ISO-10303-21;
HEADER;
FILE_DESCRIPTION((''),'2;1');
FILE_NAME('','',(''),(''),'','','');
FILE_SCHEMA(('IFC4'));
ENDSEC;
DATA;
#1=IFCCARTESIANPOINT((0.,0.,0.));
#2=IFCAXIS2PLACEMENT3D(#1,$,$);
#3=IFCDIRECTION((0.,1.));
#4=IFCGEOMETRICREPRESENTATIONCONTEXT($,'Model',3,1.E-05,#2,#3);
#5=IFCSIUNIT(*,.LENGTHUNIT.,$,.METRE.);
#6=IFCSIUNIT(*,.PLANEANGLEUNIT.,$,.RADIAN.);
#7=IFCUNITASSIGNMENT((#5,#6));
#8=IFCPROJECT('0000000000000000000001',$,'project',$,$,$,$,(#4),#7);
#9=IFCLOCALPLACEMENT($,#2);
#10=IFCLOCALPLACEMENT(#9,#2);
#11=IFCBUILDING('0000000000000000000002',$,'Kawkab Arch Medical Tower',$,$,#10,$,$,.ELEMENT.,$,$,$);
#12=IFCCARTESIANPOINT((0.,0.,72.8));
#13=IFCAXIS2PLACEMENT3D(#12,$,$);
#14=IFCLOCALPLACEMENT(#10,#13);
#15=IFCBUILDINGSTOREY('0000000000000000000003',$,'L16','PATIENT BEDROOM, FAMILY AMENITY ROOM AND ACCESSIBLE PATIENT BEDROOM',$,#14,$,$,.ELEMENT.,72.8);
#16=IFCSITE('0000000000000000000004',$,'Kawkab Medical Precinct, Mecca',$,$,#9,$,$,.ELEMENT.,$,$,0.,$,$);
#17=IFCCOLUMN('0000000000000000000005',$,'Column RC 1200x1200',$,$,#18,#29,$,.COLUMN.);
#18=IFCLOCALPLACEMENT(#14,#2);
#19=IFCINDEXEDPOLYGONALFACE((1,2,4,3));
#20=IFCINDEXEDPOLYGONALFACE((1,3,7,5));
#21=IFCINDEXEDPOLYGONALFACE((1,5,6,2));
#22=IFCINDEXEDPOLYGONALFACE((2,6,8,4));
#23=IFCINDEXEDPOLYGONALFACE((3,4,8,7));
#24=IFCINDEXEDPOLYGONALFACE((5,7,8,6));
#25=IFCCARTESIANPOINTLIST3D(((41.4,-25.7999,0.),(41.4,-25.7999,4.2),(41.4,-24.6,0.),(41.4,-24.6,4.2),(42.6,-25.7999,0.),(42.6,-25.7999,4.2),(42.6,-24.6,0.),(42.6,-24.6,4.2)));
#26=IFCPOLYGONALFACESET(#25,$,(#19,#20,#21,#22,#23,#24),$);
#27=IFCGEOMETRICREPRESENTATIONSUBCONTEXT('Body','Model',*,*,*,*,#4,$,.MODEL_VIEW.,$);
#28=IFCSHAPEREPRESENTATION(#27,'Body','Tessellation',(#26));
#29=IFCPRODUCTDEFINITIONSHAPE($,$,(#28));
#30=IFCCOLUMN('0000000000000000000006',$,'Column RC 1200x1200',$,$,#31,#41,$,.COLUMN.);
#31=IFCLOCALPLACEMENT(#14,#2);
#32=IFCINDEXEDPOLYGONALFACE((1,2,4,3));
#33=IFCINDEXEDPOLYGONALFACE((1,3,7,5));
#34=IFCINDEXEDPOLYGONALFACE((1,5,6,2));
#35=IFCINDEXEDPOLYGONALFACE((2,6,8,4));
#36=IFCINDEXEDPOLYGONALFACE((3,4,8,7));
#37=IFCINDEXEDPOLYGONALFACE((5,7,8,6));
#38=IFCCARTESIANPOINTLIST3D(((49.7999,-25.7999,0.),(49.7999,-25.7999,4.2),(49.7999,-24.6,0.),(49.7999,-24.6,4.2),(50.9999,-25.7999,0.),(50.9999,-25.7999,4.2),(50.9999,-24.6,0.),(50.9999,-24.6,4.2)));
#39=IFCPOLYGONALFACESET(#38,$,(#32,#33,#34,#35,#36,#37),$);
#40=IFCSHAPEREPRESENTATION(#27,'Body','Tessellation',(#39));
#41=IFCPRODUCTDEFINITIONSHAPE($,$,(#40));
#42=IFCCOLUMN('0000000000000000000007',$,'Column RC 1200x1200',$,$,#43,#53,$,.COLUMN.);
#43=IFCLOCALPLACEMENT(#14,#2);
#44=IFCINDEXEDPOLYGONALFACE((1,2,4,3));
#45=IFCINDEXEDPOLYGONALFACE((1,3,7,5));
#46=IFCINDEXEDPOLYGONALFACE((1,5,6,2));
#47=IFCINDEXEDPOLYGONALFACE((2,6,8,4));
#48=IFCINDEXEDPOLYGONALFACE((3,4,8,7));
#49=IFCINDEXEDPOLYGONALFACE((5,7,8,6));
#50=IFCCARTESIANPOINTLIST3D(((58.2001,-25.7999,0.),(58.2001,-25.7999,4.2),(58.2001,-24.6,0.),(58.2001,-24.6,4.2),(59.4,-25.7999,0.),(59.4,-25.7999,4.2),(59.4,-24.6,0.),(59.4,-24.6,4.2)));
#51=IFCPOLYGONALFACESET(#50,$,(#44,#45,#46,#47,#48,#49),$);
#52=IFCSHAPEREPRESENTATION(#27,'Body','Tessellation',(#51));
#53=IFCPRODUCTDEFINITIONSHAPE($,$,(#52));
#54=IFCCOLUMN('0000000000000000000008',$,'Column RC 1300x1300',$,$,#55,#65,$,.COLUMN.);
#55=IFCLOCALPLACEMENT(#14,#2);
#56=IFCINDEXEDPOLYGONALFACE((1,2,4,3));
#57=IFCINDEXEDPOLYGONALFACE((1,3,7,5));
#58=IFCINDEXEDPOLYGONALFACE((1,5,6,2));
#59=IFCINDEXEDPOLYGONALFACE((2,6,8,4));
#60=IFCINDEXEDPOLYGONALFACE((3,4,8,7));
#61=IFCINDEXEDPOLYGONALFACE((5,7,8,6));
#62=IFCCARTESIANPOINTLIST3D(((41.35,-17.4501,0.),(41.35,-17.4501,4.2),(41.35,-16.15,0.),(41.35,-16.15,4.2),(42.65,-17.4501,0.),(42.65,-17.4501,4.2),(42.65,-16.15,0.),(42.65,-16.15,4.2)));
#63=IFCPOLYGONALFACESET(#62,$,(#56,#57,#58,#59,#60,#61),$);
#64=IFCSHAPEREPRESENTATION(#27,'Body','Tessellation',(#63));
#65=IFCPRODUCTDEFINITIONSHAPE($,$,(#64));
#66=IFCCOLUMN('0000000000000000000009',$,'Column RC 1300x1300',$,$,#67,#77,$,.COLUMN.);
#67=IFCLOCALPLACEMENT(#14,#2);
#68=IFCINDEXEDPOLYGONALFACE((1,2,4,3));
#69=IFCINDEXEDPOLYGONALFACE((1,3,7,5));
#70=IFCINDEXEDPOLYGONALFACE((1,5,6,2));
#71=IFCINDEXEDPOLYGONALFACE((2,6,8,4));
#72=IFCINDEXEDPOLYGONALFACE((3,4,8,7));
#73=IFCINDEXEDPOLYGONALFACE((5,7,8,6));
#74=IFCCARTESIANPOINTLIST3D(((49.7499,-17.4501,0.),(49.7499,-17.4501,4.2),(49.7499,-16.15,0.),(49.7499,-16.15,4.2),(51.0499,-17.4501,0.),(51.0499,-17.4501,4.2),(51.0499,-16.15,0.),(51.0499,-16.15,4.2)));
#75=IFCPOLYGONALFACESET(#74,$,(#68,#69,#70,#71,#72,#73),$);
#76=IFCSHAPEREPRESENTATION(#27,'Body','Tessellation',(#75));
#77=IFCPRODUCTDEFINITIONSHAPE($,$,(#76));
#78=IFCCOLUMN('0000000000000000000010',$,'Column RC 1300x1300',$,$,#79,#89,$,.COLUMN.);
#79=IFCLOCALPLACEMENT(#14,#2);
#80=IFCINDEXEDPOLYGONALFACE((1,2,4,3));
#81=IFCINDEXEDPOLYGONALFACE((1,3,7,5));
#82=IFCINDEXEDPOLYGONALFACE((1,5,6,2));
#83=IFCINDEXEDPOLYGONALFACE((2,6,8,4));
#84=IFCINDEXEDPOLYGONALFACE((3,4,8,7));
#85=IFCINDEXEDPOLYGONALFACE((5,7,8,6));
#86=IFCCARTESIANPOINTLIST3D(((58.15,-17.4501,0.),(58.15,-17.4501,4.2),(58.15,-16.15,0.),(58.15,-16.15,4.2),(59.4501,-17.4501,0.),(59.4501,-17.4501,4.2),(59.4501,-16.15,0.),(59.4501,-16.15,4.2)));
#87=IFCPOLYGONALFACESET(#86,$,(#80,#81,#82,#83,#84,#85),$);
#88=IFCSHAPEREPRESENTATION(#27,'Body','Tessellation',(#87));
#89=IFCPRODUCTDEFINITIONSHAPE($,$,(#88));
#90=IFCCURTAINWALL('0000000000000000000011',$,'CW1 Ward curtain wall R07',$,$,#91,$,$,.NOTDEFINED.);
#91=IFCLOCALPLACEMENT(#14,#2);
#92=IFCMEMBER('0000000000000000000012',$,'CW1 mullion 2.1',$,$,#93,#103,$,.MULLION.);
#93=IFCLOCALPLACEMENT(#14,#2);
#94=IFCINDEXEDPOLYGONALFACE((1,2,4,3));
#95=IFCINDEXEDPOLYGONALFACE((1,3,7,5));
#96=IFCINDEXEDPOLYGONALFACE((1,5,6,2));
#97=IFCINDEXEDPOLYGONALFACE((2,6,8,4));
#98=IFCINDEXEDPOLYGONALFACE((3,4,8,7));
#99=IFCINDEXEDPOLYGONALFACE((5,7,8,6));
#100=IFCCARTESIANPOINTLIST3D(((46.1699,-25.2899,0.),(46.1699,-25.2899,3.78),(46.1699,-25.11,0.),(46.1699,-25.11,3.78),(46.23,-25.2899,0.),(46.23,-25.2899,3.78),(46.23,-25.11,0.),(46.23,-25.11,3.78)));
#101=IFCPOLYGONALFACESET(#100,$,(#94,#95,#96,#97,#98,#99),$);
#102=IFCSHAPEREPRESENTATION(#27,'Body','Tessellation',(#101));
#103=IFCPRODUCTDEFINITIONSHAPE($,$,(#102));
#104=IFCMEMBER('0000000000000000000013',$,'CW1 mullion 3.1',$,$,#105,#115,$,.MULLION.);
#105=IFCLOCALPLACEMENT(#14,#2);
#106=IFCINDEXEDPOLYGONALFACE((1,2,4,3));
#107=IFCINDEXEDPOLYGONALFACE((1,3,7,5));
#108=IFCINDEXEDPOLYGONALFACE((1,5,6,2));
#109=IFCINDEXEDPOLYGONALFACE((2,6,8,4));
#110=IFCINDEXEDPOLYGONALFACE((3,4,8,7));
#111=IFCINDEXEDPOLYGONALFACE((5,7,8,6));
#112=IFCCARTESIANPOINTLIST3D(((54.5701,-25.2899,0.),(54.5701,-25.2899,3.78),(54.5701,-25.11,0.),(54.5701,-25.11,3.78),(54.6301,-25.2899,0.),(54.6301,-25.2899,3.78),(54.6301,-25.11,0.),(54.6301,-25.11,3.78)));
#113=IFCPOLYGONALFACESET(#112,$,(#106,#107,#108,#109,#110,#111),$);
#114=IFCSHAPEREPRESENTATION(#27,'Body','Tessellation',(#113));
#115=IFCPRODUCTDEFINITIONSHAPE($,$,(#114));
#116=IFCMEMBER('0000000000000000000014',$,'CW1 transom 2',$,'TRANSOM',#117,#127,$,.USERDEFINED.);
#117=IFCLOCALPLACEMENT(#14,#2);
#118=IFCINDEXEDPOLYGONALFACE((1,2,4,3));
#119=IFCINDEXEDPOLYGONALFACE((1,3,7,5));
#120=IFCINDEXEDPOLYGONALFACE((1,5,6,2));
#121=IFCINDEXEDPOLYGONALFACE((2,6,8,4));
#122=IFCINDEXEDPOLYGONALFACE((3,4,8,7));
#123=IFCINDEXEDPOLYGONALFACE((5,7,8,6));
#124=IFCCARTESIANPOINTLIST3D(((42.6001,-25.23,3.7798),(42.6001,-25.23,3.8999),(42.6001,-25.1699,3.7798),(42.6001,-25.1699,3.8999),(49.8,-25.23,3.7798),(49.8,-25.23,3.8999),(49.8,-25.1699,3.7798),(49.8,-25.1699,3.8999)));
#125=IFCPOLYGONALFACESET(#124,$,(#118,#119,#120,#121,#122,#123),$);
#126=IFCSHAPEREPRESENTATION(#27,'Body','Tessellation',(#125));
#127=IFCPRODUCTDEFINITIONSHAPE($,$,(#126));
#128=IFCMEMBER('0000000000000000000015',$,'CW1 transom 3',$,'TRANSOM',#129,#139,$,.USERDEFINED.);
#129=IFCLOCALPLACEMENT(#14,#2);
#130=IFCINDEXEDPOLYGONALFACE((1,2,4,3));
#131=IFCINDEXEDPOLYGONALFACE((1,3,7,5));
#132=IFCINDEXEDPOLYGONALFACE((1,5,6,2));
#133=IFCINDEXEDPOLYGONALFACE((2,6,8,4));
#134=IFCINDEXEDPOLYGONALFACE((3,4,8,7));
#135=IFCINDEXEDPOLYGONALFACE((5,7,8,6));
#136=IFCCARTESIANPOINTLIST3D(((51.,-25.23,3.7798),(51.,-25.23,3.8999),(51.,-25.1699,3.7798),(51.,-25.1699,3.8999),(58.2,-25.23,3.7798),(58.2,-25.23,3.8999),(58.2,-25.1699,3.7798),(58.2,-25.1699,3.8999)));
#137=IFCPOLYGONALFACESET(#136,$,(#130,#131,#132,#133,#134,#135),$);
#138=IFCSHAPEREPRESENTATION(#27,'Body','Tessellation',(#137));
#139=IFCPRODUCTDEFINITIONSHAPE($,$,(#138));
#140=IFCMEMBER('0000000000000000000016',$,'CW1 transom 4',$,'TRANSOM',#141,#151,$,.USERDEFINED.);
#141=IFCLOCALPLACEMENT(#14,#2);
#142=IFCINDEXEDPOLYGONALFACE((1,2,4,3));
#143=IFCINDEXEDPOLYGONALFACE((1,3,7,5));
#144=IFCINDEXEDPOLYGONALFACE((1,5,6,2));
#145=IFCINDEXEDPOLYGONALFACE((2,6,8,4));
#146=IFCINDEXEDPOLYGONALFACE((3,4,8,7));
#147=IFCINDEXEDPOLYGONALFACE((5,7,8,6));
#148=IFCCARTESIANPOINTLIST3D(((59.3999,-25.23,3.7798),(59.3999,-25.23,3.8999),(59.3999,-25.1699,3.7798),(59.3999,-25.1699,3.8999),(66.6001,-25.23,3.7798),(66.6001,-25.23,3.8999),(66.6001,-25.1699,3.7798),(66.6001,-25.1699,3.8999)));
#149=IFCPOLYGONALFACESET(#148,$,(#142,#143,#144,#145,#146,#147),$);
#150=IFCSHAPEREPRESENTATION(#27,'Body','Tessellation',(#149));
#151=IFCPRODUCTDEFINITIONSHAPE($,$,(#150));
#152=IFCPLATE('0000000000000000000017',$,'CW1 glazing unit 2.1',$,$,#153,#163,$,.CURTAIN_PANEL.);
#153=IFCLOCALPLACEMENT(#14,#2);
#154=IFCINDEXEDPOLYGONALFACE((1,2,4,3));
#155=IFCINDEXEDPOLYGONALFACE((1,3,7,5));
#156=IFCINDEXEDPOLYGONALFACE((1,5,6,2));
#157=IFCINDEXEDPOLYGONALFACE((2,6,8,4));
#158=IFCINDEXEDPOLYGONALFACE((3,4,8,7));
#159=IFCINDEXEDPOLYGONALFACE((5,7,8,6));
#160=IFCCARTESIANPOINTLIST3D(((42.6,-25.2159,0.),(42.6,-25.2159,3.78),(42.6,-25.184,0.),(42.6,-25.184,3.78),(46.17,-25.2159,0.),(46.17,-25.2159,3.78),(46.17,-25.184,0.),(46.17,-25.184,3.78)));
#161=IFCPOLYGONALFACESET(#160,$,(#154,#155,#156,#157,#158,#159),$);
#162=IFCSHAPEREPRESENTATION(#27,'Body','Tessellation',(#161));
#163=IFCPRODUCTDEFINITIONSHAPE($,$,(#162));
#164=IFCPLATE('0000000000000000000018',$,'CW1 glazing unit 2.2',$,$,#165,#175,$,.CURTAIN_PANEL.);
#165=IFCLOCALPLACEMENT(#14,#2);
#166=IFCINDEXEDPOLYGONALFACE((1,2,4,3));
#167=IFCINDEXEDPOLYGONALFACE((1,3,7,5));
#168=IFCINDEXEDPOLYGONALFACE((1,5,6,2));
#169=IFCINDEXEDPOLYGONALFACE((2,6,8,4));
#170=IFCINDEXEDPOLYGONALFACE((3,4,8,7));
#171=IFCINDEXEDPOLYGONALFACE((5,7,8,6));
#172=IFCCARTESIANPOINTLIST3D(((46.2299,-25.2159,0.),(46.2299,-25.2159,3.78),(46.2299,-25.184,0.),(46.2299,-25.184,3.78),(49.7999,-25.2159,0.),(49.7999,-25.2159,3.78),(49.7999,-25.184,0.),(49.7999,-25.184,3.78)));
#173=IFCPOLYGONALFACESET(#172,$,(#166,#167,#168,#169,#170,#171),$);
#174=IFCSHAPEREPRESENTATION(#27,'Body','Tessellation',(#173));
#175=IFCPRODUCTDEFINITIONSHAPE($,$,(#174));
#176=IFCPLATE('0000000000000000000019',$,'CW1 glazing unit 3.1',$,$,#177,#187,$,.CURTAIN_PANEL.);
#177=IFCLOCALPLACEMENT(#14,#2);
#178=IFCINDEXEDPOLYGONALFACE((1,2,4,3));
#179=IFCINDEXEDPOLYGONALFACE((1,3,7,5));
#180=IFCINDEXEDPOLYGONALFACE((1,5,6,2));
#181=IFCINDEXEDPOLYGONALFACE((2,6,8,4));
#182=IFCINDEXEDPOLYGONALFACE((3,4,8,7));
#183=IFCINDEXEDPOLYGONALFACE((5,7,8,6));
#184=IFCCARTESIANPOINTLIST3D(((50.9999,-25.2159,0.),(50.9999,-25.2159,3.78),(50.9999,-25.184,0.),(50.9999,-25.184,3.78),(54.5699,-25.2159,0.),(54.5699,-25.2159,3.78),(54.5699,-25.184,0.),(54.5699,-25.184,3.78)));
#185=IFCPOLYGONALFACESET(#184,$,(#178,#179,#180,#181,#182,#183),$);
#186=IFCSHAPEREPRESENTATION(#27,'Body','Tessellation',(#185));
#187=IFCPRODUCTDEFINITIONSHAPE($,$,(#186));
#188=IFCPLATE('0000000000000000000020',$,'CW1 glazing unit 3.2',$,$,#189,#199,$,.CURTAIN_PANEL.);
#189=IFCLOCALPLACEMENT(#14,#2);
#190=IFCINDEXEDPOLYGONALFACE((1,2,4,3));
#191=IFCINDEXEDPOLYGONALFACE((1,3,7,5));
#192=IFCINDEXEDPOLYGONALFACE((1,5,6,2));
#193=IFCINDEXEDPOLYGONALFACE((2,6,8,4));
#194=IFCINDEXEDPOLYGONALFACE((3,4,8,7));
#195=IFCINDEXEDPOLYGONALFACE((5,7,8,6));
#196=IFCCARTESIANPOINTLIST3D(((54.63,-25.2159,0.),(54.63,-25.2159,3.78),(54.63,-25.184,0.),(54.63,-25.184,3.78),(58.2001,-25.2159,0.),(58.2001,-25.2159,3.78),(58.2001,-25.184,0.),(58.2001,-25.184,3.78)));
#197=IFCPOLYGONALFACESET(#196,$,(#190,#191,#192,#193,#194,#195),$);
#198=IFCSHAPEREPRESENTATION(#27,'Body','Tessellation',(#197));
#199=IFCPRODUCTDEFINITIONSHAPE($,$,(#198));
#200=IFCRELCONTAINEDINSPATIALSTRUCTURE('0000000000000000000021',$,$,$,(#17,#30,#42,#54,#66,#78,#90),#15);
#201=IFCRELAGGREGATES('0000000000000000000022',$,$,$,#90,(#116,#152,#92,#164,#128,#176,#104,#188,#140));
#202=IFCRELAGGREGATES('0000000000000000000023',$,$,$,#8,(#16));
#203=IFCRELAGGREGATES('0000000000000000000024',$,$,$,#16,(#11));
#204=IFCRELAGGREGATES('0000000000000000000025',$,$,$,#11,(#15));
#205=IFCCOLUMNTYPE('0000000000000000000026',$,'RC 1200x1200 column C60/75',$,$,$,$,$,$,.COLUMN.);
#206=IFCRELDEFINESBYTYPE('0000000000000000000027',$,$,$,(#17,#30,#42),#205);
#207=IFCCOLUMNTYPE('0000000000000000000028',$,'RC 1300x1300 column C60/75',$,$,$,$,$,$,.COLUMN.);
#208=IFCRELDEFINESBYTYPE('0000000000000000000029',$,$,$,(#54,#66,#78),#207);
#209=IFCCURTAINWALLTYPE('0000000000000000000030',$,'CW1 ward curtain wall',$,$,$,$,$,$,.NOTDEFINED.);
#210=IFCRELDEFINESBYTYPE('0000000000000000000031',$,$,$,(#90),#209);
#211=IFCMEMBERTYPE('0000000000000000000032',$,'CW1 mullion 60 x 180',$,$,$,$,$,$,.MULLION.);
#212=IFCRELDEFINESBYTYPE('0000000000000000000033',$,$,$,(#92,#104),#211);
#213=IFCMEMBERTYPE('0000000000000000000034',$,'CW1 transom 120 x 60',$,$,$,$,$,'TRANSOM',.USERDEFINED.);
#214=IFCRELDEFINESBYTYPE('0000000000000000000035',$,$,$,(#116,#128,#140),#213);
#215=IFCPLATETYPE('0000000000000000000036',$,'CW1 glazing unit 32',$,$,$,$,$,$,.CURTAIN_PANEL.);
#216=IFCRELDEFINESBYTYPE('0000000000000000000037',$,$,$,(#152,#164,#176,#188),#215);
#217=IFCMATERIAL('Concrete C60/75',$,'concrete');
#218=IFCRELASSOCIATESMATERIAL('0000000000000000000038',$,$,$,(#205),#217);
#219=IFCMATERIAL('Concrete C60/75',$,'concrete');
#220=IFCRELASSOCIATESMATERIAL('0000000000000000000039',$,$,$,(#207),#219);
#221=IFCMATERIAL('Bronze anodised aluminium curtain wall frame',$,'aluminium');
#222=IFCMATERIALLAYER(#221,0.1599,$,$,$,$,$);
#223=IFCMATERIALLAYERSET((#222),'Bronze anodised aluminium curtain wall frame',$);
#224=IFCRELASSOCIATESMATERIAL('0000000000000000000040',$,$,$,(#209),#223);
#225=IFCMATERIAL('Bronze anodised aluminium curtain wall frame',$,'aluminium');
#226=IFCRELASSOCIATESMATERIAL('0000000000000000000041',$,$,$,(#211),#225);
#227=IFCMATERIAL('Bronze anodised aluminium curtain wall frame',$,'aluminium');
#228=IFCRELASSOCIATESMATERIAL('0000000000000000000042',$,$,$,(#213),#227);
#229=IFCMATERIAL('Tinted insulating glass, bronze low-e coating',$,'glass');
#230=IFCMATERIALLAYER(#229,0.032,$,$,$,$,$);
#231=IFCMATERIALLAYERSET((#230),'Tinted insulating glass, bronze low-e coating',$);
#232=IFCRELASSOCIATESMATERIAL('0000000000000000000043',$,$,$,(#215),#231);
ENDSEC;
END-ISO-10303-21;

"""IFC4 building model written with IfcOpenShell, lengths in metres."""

from ifc_helpers import new_model, si_unit, direction, frame, origin, origin_2d, place, context, subcontext, project, spatial, rectangle, extrude, material, layer, layer_set, material_profile, profile_set, type_object, element, aggregate, save


model = new_model("IFC4")

# Units and contexts
model_context = context("Model", 3, precision=1e-05, world=origin(), true_north=direction((0.0, 1.0)))
body_context = subcontext(model_context, "Body", "Model", "MODEL_VIEW")
ifc_project = project(units=[si_unit("LENGTHUNIT", "METRE"), si_unit("PLANEANGLEUNIT", "RADIAN")], contexts=[model_context])

# Site, building, storey
site_placement = place(None, origin())
site = spatial("IfcSite", under=ifc_project, at=site_placement, Name="Kawkab Medical Precinct, Mecca", CompositionType="ELEMENT", RefElevation=0.0)
building_placement = place(site_placement, origin())
building = spatial("IfcBuilding", under=site, at=building_placement, Name="Kawkab Arch Medical Tower", CompositionType="ELEMENT")
storey_placement = place(building_placement, frame((0.0, 0.0, 72.8)))
storey = spatial("IfcBuildingStorey", under=building, at=storey_placement, Name="L16", Description="PATIENT BEDROOM, FAMILY AMENITY ROOM AND ACCESSIBLE PATIENT BEDROOM", CompositionType="ELEMENT", Elevation=72.8)

# Columns
ifc_material_1 = material(Name="Concrete C60/75", Category="concrete")
ifc_material_profile_1 = material_profile(ifc_material_1, rectangle(XDim=1.2, YDim=1.2, at=origin_2d()), Name="RC 1200x1200")
ifc_profile_set_1 = profile_set([ifc_material_profile_1], Name="Concrete C60/75")
column_type_1 = type_object("IfcColumnType", Name="RC 1200x1200 column C60/75", PredefinedType="COLUMN", material=ifc_profile_set_1)
for number, where, z_axis, x_axis, name in (
    (1, (42.0, -25.2, 0.0), (0.0, 0.0, 1.0), (1.0, 0.0, 0.0), "Column RC 1200x1200"),
    (2, (50.3999, -25.2, 0.0), (0.0, 0.0, 1.0), (1.0, 0.0, 0.0), "Column RC 1200x1200"),
    (3, (58.8, -25.2, 0.0), (0.0, 0.0, 1.0), (1.0, 0.0, 0.0), "Column RC 1200x1200"),
):
    element("IfcColumn", number, at=place(storey_placement, frame(where, z_axis=z_axis, x_axis=x_axis)), inside=storey, type_object=column_type_1, Name=name, PredefinedType="COLUMN", context=body_context, shape_type="SweptSolid", body=[
        extrude(rectangle(XDim=1.2, YDim=1.2, at=origin_2d()), origin(), (0.0, 0.0, 1.0), 4.2),
    ])
ifc_material_2 = material(Name="Concrete C60/75", Category="concrete")
ifc_material_profile_2 = material_profile(ifc_material_2, rectangle(XDim=1.3, YDim=1.3, at=origin_2d()), Name="RC 1300x1300")
ifc_profile_set_2 = profile_set([ifc_material_profile_2], Name="Concrete C60/75")
column_type_2 = type_object("IfcColumnType", Name="RC 1300x1300 column C60/75", PredefinedType="COLUMN", material=ifc_profile_set_2)
for number, where, z_axis, x_axis, name in (
    (4, (42.0, -16.8, 0.0), (0.0, 0.0, 1.0), (1.0, 0.0, 0.0), "Column RC 1300x1300"),
    (5, (50.3999, -16.8, 0.0), (0.0, 0.0, 1.0), (1.0, 0.0, 0.0), "Column RC 1300x1300"),
    (6, (58.8, -16.8, 0.0), (0.0, 0.0, 1.0), (1.0, 0.0, 0.0), "Column RC 1300x1300"),
):
    element("IfcColumn", number, at=place(storey_placement, frame(where, z_axis=z_axis, x_axis=x_axis)), inside=storey, type_object=column_type_2, Name=name, PredefinedType="COLUMN", context=body_context, shape_type="SweptSolid", body=[
        extrude(rectangle(XDim=1.3, YDim=1.3, at=origin_2d()), origin(), (0.0, 0.0, 1.0), 4.2),
    ])

# Curtain wall, members, plates
ifc_material_3 = material(Name="Bronze anodised aluminium curtain wall frame", Category="aluminium")
ifc_layer_1 = layer(ifc_material_3, 0.1599)
ifc_layer_set_1 = layer_set([ifc_layer_1], Name="Bronze anodised aluminium curtain wall frame")
curtain_wall_type = type_object("IfcCurtainWallType", Name="CW1 ward curtain wall", PredefinedType="NOTDEFINED", material=ifc_layer_set_1)
curtain_wall_placement = place(storey_placement, origin())
curtain_wall = element("IfcCurtainWall", 7, at=curtain_wall_placement, inside=storey, type_object=curtain_wall_type, Name="CW1 Ward curtain wall R07", PredefinedType="NOTDEFINED")
ifc_material_4 = material(Name="Bronze anodised aluminium curtain wall frame", Category="aluminium")
ifc_material_profile_3 = material_profile(ifc_material_4, rectangle(XDim=0.1799, YDim=0.0601, at=origin_2d()), Name="AL 60x180")
ifc_profile_set_3 = profile_set([ifc_material_profile_3], Name="Bronze anodised aluminium curtain wall frame")
member_type_1 = type_object("IfcMemberType", Name="CW1 mullion 60 x 180", PredefinedType="MULLION", material=ifc_profile_set_3)
member_1_placement = place(storey_placement, frame((46.2, -25.2, 0.0), z_axis=(0.0, 0.0, 1.0), x_axis=(0.0, 1.0, 0.0)))
member_1 = element("IfcMember", 8, at=member_1_placement, type_object=member_type_1, Name="CW1 mullion 2.1", PredefinedType="MULLION", context=body_context, shape_type="SweptSolid", body=[
    extrude(rectangle(XDim=0.1799, YDim=0.0601, at=origin_2d()), origin(), (0.0, 0.0, 1.0), 3.78),
])
member_2_placement = place(storey_placement, frame((54.6001, -25.2, 0.0), z_axis=(0.0, 0.0, 1.0), x_axis=(0.0, 1.0, 0.0)))
member_2 = element("IfcMember", 9, at=member_2_placement, type_object=member_type_1, Name="CW1 mullion 3.1", PredefinedType="MULLION", context=body_context, shape_type="SweptSolid", body=[
    extrude(rectangle(XDim=0.1799, YDim=0.0601, at=origin_2d()), origin(), (0.0, 0.0, 1.0), 3.78),
])
ifc_material_5 = material(Name="Bronze anodised aluminium curtain wall frame", Category="aluminium")
ifc_material_profile_4 = material_profile(ifc_material_5, rectangle(XDim=0.0601, YDim=0.1201, at=origin_2d()), Name="AL 60x120")
ifc_profile_set_4 = profile_set([ifc_material_profile_4], Name="Bronze anodised aluminium curtain wall frame")
member_type_2 = type_object("IfcMemberType", Name="CW1 transom 120 x 60", ElementType="TRANSOM", PredefinedType="USERDEFINED", material=ifc_profile_set_4)
member_3_placement = place(storey_placement, frame((42.6001, -25.2, 3.8398), z_axis=(1.0, 0.0, 0.0), x_axis=(0.0, 1.0, 0.0)))
member_3 = element("IfcMember", 10, at=member_3_placement, type_object=member_type_2, Name="CW1 transom 2", ObjectType="TRANSOM", PredefinedType="USERDEFINED", context=body_context, shape_type="SweptSolid", body=[
    extrude(rectangle(XDim=0.0601, YDim=0.1201, at=origin_2d()), origin(), (0.0, 0.0, 1.0), 7.2),
])
member_4_placement = place(storey_placement, frame((51.0, -25.2, 3.8398), z_axis=(1.0, 0.0, 0.0), x_axis=(0.0, 1.0, 0.0)))
member_4 = element("IfcMember", 11, at=member_4_placement, type_object=member_type_2, Name="CW1 transom 3", ObjectType="TRANSOM", PredefinedType="USERDEFINED", context=body_context, shape_type="SweptSolid", body=[
    extrude(rectangle(XDim=0.0601, YDim=0.1201, at=origin_2d()), origin(), (0.0, 0.0, 1.0), 7.2),
])
member_5_placement = place(storey_placement, frame((59.3999, -25.2, 3.8398), z_axis=(1.0, 0.0, 0.0), x_axis=(0.0, 1.0, 0.0)))
member_5 = element("IfcMember", 12, at=member_5_placement, type_object=member_type_2, Name="CW1 transom 4", ObjectType="TRANSOM", PredefinedType="USERDEFINED", context=body_context, shape_type="SweptSolid", body=[
    extrude(rectangle(XDim=0.0601, YDim=0.1201, at=origin_2d()), origin(), (0.0, 0.0, 1.0), 7.2002),
])
ifc_material_6 = material(Name="Tinted insulating glass, bronze low-e coating", Category="glass")
ifc_layer_2 = layer(ifc_material_6, 0.032)
ifc_layer_set_2 = layer_set([ifc_layer_2], Name="Tinted insulating glass, bronze low-e coating")
plate_type = type_object("IfcPlateType", Name="CW1 glazing unit 32", PredefinedType="CURTAIN_PANEL", material=ifc_layer_set_2)
plate_1_placement = place(storey_placement, frame((44.385, -25.2, 0.0), z_axis=(0.0, 0.0, 1.0), x_axis=(1.0, 0.0, 0.0)))
plate_1 = element("IfcPlate", 13, at=plate_1_placement, type_object=plate_type, Name="CW1 glazing unit 2.1", PredefinedType="CURTAIN_PANEL", context=body_context, shape_type="SweptSolid", body=[
    extrude(rectangle(XDim=3.5701, YDim=0.032, at=origin_2d()), origin(), (0.0, 0.0, 1.0), 3.78),
])
plate_2_placement = place(storey_placement, frame((48.0149, -25.2, 0.0), z_axis=(0.0, 0.0, 1.0), x_axis=(1.0, 0.0, 0.0)))
plate_2 = element("IfcPlate", 14, at=plate_2_placement, type_object=plate_type, Name="CW1 glazing unit 2.2", PredefinedType="CURTAIN_PANEL", context=body_context, shape_type="SweptSolid", body=[
    extrude(rectangle(XDim=3.5701, YDim=0.032, at=origin_2d()), origin(), (0.0, 0.0, 1.0), 3.78),
])
plate_3_placement = place(storey_placement, frame((52.7849, -25.2, 0.0), z_axis=(0.0, 0.0, 1.0), x_axis=(1.0, 0.0, 0.0)))
plate_3 = element("IfcPlate", 15, at=plate_3_placement, type_object=plate_type, Name="CW1 glazing unit 3.1", PredefinedType="CURTAIN_PANEL", context=body_context, shape_type="SweptSolid", body=[
    extrude(rectangle(XDim=3.5701, YDim=0.032, at=origin_2d()), origin(), (0.0, 0.0, 1.0), 3.78),
])
plate_4_placement = place(storey_placement, frame((56.415, -25.2, 0.0), z_axis=(0.0, 0.0, 1.0), x_axis=(1.0, 0.0, 0.0)))
plate_4 = element("IfcPlate", 16, at=plate_4_placement, type_object=plate_type, Name="CW1 glazing unit 3.2", PredefinedType="CURTAIN_PANEL", context=body_context, shape_type="SweptSolid", body=[
    extrude(rectangle(XDim=3.5701, YDim=0.032, at=origin_2d()), origin(), (0.0, 0.0, 1.0), 3.78),
])
aggregate(curtain_wall, [member_3, plate_1, member_1, plate_2, member_4, plate_3, member_2, plate_4, member_5])

save(model, "model.ifc")
